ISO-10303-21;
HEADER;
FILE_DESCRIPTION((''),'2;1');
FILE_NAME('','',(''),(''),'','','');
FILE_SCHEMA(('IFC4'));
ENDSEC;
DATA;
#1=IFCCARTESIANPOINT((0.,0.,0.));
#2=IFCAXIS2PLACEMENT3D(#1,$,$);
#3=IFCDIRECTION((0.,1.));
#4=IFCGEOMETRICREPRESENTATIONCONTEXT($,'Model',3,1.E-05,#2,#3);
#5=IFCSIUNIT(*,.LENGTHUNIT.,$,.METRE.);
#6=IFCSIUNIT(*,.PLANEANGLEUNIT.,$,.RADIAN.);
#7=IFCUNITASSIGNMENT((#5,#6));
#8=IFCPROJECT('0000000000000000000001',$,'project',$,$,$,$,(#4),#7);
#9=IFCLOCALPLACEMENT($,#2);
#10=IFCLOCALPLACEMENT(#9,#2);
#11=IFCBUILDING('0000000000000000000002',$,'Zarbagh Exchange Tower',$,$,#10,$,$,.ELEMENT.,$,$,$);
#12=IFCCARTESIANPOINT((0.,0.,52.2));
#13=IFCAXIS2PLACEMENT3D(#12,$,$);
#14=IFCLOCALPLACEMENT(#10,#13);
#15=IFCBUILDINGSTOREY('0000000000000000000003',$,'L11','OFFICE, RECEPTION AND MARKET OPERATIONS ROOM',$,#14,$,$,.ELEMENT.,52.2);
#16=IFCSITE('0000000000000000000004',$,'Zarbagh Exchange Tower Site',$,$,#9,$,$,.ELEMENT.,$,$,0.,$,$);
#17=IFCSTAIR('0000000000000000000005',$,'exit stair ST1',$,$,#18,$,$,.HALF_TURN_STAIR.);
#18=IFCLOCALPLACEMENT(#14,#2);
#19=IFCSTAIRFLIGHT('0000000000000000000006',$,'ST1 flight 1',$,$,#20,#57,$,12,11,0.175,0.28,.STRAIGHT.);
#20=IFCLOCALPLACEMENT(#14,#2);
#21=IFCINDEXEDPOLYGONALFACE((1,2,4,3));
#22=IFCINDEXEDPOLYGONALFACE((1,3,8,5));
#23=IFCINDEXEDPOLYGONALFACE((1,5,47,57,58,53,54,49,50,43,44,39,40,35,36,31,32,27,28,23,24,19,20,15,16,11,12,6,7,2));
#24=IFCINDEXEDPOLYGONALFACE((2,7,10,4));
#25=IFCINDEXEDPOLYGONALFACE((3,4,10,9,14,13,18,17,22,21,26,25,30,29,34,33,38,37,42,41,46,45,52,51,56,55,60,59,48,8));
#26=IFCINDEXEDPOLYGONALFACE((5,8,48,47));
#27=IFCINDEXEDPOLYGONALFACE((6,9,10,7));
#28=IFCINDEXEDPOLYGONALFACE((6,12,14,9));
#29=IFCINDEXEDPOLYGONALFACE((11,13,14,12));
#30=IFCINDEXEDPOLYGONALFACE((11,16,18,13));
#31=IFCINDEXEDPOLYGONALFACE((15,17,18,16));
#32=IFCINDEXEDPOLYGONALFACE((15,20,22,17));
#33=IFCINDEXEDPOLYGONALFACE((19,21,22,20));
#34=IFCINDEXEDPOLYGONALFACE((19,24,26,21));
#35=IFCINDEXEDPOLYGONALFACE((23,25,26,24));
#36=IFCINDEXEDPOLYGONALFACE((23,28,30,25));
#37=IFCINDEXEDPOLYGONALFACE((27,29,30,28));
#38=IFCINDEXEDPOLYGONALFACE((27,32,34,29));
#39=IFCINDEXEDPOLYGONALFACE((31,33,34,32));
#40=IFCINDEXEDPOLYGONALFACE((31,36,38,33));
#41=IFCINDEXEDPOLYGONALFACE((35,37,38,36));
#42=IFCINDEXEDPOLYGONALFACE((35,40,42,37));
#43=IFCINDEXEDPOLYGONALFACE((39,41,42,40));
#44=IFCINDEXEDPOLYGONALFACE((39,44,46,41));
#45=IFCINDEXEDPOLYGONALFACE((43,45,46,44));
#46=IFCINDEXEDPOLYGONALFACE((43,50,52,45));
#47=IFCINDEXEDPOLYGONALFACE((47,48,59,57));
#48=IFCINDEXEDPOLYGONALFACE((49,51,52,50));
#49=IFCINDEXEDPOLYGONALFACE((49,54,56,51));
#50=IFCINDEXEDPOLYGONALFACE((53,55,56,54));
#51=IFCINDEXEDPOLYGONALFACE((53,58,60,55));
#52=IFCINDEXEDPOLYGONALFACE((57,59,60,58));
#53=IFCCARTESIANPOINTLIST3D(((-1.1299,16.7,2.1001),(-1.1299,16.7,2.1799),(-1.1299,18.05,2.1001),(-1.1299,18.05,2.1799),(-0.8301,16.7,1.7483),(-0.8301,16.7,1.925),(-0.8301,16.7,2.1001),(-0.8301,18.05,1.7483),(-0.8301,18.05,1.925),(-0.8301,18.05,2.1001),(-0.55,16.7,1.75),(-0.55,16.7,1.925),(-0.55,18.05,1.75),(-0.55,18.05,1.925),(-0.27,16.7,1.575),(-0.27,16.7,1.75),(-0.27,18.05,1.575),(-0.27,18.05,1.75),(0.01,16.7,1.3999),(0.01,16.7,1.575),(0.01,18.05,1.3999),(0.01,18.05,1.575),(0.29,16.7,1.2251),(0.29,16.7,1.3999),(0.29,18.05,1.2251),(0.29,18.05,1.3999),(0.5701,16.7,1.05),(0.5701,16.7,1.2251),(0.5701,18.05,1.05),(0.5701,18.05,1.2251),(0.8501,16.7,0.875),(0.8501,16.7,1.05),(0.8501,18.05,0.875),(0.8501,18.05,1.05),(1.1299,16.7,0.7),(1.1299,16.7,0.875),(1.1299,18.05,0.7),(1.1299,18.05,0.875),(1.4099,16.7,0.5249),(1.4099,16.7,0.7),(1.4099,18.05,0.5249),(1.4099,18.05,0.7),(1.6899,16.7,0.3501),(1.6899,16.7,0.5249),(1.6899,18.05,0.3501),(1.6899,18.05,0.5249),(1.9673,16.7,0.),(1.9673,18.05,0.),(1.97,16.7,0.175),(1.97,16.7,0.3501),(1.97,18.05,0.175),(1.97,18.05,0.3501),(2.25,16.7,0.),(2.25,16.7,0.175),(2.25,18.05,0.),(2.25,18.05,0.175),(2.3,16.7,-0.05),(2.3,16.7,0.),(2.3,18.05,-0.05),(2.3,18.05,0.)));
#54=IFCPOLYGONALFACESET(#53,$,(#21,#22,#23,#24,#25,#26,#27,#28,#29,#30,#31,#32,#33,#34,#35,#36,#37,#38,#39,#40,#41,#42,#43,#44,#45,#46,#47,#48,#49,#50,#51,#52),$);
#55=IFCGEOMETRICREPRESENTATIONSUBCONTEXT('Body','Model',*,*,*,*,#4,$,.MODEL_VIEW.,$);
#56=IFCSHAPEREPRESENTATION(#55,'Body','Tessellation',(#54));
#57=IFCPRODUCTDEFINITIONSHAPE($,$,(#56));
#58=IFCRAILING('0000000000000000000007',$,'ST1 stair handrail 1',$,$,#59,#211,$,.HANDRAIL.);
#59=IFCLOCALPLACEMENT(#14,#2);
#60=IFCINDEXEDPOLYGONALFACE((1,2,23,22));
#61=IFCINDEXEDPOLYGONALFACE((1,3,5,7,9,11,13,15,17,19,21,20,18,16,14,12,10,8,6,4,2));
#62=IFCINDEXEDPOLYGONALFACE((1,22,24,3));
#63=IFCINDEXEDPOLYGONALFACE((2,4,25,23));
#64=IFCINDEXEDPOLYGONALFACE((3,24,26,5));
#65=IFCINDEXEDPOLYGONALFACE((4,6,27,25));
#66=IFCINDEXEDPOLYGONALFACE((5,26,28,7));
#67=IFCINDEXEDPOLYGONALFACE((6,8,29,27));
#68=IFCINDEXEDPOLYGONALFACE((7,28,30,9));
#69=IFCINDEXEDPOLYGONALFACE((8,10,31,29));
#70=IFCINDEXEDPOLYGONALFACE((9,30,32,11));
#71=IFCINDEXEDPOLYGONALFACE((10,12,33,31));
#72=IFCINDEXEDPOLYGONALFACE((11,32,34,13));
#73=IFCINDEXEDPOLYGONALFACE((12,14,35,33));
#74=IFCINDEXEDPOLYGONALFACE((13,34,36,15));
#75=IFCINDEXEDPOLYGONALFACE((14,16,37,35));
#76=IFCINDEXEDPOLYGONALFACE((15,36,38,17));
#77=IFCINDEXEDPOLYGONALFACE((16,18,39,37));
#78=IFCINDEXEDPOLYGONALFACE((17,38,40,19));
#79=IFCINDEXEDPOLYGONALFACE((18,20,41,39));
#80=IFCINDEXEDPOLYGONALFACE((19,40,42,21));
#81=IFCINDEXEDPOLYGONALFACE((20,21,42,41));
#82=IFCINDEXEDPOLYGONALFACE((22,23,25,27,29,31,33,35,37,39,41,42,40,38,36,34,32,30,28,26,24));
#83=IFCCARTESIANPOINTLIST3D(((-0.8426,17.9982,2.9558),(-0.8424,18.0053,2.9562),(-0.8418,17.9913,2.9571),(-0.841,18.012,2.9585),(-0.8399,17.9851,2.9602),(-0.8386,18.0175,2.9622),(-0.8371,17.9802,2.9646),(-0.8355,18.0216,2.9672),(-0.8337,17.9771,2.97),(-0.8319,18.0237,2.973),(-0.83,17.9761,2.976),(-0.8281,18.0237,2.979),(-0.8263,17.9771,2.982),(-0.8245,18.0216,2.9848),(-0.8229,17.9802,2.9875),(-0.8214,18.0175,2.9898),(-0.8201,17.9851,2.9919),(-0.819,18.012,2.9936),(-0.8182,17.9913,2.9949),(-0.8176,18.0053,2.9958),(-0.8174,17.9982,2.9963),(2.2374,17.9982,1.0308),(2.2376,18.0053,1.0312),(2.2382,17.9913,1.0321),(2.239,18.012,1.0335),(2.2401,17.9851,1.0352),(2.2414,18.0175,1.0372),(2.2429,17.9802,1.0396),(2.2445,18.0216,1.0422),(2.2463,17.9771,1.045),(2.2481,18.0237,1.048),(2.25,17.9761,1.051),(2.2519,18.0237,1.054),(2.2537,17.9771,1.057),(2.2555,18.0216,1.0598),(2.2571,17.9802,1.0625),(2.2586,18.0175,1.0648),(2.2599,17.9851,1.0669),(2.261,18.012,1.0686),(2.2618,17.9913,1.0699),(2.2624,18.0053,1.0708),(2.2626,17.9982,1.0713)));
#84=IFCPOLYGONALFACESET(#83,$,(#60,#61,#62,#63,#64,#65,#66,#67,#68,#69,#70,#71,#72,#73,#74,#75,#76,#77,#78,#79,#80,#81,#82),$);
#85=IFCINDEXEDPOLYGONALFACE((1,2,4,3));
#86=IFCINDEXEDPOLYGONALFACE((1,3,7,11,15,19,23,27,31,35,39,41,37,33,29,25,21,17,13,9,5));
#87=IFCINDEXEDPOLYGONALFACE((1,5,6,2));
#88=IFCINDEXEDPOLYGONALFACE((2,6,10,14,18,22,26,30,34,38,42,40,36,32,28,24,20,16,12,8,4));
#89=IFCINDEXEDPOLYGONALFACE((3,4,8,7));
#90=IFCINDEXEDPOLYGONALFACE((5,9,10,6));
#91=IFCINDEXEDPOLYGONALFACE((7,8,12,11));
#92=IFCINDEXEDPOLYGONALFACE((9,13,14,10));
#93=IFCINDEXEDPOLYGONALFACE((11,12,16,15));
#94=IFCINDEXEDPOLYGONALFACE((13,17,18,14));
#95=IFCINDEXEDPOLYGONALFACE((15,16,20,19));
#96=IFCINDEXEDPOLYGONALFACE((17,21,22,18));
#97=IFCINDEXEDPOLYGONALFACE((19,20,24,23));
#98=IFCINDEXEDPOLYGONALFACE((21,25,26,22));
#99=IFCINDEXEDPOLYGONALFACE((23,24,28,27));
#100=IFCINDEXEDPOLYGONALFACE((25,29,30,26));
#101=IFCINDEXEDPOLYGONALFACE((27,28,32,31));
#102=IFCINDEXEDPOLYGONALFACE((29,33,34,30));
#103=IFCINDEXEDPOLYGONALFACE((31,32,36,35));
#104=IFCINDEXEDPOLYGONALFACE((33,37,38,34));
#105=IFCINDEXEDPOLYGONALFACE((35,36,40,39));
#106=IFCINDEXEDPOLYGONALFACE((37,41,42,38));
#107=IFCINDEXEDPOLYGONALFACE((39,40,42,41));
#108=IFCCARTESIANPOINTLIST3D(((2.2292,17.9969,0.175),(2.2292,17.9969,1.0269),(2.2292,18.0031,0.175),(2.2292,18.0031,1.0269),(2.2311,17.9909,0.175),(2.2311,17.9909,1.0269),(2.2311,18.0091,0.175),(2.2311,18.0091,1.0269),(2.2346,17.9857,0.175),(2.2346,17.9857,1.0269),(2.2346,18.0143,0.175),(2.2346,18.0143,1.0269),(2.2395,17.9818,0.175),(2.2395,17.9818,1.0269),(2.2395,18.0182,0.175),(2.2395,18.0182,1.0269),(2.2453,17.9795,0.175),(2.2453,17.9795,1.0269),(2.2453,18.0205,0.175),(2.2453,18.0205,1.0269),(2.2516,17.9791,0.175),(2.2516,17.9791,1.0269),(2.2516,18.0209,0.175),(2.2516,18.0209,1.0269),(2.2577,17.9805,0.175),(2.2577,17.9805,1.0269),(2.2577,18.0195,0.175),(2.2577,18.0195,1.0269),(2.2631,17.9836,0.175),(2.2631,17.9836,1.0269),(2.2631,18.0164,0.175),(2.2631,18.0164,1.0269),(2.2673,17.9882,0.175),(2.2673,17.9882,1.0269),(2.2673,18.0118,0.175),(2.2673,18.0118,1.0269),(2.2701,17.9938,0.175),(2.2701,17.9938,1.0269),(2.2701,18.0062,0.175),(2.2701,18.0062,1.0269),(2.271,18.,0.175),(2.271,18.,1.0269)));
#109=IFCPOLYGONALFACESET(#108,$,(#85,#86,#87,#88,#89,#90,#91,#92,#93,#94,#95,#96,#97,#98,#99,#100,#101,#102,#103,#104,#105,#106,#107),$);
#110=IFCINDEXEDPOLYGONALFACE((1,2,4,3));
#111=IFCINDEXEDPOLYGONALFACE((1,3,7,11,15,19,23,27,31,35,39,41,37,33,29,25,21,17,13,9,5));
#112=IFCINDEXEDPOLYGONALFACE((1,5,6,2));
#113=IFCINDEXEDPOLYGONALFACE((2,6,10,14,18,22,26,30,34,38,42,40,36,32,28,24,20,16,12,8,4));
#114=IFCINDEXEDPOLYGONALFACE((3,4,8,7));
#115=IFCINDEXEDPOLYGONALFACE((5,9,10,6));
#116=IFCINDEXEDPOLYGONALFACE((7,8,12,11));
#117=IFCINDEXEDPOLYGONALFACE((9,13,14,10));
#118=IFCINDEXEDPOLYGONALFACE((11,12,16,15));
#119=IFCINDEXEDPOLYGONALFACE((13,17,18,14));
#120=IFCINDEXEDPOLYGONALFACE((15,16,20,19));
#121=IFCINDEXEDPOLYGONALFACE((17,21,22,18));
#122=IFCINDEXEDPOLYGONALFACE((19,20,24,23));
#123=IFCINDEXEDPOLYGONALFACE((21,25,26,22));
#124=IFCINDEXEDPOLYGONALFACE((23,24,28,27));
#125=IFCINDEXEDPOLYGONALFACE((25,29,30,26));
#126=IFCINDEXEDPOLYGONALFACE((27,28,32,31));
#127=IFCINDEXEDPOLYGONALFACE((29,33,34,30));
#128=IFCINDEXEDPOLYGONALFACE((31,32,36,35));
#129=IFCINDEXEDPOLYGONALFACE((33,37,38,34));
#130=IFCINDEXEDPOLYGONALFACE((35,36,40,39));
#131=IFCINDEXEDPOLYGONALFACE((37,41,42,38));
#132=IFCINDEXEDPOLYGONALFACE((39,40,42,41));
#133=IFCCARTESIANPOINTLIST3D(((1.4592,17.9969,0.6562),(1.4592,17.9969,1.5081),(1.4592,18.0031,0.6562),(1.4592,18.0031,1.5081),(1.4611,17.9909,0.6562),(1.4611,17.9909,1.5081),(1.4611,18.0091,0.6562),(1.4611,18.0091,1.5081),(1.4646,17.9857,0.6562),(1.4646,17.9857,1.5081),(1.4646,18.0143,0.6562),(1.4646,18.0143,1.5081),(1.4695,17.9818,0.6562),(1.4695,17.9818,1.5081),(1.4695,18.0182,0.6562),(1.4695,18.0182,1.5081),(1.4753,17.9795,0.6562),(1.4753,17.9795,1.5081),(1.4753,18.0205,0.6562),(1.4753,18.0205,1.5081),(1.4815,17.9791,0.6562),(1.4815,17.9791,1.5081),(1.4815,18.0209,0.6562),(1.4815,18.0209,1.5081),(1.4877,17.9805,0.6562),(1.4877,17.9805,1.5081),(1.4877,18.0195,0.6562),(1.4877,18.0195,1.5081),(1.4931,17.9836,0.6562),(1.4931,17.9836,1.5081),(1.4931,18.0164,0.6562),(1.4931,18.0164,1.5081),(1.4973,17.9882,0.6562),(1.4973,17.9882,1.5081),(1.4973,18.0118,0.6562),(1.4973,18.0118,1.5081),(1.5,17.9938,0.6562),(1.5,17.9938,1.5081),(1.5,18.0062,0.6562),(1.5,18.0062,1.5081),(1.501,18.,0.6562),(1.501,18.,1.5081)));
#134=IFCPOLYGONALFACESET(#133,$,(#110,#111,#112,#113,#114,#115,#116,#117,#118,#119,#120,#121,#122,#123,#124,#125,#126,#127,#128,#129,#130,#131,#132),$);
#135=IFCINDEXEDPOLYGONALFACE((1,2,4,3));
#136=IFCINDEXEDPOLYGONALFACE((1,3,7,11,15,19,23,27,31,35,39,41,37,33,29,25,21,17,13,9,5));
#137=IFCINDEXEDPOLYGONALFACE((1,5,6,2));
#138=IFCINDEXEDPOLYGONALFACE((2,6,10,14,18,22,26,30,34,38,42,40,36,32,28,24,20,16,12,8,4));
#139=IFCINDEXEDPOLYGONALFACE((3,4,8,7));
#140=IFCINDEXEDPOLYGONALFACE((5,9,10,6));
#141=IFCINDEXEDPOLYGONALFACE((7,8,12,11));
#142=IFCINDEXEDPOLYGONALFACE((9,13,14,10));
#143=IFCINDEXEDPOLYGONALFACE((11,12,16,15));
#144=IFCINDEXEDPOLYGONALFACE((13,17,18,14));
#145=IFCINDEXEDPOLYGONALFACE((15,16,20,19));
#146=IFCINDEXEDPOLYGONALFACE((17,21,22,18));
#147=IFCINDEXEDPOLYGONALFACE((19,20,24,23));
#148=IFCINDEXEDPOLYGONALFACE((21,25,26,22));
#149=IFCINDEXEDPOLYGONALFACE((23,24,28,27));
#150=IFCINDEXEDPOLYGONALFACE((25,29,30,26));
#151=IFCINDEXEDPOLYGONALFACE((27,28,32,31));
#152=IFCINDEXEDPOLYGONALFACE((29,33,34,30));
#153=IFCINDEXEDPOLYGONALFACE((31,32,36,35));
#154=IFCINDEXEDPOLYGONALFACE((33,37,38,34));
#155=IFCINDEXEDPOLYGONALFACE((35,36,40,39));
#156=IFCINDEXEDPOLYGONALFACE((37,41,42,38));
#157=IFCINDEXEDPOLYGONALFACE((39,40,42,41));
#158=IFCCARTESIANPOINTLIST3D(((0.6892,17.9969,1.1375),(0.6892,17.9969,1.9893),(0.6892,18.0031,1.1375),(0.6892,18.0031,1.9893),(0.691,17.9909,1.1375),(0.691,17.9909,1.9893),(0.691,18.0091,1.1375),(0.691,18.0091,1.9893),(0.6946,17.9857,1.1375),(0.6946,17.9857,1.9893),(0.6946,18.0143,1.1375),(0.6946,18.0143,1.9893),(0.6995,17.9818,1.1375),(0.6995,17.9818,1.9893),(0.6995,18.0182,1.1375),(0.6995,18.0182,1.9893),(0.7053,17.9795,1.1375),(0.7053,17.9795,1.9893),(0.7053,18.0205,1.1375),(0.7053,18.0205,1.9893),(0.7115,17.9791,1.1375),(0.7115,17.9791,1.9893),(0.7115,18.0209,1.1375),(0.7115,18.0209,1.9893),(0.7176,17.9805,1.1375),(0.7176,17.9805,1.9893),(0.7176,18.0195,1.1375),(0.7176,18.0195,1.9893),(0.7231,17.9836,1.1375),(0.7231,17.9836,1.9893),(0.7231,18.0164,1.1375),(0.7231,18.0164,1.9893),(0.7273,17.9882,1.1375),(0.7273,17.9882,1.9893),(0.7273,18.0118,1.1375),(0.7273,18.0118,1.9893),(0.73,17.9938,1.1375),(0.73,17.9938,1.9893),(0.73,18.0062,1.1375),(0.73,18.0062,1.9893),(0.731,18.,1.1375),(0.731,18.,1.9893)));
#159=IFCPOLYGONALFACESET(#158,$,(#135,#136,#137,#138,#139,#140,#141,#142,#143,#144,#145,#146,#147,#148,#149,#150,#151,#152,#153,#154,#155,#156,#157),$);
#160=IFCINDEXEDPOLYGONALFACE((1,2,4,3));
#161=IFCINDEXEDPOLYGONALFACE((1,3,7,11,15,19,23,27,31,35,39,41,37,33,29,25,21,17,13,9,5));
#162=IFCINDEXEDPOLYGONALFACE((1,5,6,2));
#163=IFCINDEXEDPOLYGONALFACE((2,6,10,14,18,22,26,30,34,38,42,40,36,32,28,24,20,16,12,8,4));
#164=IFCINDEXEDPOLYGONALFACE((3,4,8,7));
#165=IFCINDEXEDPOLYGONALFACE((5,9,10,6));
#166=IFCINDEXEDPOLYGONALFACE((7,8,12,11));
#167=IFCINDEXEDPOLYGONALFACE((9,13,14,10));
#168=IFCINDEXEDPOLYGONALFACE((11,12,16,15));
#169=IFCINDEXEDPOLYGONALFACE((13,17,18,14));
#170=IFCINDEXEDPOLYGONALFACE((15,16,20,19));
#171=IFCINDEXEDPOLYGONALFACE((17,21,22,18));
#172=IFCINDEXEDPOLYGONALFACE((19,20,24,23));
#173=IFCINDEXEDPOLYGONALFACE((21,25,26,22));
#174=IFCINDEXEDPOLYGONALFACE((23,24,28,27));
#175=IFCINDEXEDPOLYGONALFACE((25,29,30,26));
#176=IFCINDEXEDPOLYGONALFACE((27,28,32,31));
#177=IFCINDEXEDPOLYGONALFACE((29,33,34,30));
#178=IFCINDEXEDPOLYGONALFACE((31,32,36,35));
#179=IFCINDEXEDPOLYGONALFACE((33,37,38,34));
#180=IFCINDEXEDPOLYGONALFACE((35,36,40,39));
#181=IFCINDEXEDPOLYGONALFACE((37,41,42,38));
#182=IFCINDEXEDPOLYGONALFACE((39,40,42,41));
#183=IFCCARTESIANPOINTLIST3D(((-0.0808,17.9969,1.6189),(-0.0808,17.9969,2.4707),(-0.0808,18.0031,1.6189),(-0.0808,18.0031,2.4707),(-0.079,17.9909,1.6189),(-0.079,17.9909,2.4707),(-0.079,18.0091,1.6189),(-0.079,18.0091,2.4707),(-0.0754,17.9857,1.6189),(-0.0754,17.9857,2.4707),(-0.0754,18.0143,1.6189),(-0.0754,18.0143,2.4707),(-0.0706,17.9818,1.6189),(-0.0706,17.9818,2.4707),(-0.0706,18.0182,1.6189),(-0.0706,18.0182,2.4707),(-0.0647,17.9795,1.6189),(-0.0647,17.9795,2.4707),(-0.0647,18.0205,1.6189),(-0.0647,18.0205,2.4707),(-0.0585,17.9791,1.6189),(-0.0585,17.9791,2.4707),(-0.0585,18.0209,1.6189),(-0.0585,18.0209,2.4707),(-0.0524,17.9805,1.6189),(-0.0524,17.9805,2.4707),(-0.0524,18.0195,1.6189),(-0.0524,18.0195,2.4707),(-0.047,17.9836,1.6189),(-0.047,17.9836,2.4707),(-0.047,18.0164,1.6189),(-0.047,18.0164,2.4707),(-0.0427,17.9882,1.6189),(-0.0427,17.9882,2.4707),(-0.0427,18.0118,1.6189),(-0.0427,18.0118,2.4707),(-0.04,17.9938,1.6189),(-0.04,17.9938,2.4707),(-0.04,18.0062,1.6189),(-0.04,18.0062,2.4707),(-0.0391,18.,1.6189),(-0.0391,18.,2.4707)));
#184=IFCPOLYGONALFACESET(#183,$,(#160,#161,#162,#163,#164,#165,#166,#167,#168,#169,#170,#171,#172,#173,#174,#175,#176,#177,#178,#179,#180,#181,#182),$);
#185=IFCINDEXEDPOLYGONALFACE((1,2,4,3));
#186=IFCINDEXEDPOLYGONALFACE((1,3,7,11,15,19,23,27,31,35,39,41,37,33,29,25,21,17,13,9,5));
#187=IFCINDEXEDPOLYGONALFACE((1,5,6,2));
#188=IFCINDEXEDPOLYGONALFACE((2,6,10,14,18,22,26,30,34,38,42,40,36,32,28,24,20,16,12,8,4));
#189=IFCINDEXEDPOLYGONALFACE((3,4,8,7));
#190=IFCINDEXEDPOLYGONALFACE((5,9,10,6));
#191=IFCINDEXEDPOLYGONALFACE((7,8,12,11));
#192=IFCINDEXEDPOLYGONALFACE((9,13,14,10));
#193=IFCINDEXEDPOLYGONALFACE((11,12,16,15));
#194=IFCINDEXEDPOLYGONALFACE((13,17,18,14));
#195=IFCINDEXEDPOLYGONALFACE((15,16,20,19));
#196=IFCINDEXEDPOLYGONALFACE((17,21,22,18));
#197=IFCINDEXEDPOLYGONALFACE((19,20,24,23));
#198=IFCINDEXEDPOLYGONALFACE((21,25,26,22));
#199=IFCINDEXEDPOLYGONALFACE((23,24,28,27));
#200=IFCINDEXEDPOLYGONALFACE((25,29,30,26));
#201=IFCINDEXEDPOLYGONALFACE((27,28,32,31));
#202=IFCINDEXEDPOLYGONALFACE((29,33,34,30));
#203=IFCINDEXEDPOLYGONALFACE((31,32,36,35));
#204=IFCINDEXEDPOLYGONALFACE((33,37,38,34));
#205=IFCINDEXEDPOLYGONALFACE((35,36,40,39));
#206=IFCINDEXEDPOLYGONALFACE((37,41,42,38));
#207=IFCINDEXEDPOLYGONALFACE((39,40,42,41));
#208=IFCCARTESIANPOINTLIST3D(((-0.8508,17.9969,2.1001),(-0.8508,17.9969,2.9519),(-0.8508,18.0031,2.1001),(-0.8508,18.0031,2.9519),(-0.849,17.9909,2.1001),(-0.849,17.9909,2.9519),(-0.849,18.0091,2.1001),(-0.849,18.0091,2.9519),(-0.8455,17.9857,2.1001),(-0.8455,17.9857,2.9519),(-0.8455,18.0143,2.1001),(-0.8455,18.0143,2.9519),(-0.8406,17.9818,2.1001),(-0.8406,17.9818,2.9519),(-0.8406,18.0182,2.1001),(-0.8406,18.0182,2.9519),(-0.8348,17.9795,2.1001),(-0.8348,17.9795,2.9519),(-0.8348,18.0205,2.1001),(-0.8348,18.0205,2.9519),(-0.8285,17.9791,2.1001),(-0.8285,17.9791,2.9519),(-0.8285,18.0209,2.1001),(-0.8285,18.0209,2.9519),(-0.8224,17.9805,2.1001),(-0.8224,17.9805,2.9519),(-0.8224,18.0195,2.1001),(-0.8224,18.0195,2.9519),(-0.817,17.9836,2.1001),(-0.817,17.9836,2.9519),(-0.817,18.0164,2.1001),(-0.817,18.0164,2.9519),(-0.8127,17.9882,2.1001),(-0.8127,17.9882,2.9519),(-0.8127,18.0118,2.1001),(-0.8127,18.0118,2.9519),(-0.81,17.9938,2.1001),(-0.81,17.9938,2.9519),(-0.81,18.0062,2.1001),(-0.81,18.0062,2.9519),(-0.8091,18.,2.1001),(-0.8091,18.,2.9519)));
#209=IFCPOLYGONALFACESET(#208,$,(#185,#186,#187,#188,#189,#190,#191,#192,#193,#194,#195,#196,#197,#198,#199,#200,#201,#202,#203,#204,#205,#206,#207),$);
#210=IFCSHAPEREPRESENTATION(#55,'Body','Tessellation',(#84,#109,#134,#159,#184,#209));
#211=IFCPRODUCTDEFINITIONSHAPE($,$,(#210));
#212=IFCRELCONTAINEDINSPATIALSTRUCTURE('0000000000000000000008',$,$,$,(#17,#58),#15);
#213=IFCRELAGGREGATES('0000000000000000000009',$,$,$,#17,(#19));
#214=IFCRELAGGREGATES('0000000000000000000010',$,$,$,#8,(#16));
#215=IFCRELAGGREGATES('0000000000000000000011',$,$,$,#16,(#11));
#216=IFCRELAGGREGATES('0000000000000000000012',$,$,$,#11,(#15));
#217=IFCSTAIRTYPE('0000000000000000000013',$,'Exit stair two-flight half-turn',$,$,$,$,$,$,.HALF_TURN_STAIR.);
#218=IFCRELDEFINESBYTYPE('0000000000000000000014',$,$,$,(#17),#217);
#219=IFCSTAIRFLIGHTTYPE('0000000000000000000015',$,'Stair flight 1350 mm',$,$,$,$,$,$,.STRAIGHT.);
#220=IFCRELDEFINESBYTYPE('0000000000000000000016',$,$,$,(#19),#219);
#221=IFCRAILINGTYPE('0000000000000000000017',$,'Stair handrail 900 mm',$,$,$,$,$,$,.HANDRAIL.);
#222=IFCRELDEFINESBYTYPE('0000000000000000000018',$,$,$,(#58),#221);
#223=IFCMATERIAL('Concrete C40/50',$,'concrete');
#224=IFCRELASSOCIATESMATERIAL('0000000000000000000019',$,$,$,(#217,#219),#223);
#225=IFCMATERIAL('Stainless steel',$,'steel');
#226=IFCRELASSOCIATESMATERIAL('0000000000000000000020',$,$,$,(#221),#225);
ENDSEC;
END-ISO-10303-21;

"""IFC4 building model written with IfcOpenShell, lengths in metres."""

from ifc_helpers import new_model, si_unit, direction, frame, origin, origin_2d, place, context, subcontext, project, spatial, polyline, circle, outline, extrude, material, type_object, element, aggregate, save


model = new_model("IFC4")

# Units and contexts
model_context = context("Model", 3, precision=1e-05, world=origin(), true_north=direction((0.0, 1.0)))
body_context = subcontext(model_context, "Body", "Model", "MODEL_VIEW")
ifc_project = project(units=[si_unit("LENGTHUNIT", "METRE"), si_unit("PLANEANGLEUNIT", "RADIAN")], contexts=[model_context])

# Site, building, storey
site_placement = place(None, origin())
site = spatial("IfcSite", under=ifc_project, at=site_placement, Name="Zarbagh Exchange Tower Site", CompositionType="ELEMENT", RefElevation=0.0)
building_placement = place(site_placement, origin())
building = spatial("IfcBuilding", under=site, at=building_placement, Name="Zarbagh Exchange Tower", CompositionType="ELEMENT")
storey_placement = place(building_placement, frame((0.0, 0.0, 52.2)))
storey = spatial("IfcBuildingStorey", under=building, at=storey_placement, Name="L11", Description="OFFICE, RECEPTION AND MARKET OPERATIONS ROOM", CompositionType="ELEMENT", Elevation=52.2)

# Stair, stair flight
ifc_material_1 = material(Name="Concrete C40/50", Category="concrete")
stair_type = type_object("IfcStairType", Name="Exit stair two-flight half-turn", PredefinedType="HALF_TURN_STAIR", material=ifc_material_1)
stair_placement = place(storey_placement, origin())
stair = element("IfcStair", 1, at=stair_placement, inside=storey, type_object=stair_type, Name="exit stair ST1", PredefinedType="HALF_TURN_STAIR")
stair_flight_type = type_object("IfcStairFlightType", Name="Stair flight 1350 mm", PredefinedType="STRAIGHT", material=ifc_material_1)
stair_flight_placement = place(storey_placement, frame((2.25, 17.375, 0.0), z_axis=(0.0, 0.0, 1.0), x_axis=(-1.0, 0.0, 0.0)))
stair_flight = element("IfcStairFlight", 2, at=stair_flight_placement, type_object=stair_flight_type, Name="ST1 flight 1", NumberOfRisers=12, NumberOfTreads=11, PredefinedType="STRAIGHT", RiserHeight=0.175, TreadLength=0.28, context=body_context, shape_type="SweptSolid", body=[
    extrude(outline(polyline([(-0.05, -0.05), (-0.05, 0.0), (0.0, 0.0), (0.0, 0.175), (0.28, 0.175), (0.28, 0.3501), (0.5601, 0.3501), (0.5601, 0.5249), (0.8401, 0.5249), (0.8401, 0.7), (1.1201, 0.7), (1.1201, 0.875), (1.3999, 0.875), (1.3999, 1.05), (1.6799, 1.05), (1.6799, 1.2251), (1.96, 1.2251), (1.96, 1.3999), (2.24, 1.3999), (2.24, 1.575), (2.52, 1.575), (2.52, 1.75), (2.8, 1.75), (2.8, 1.925), (3.0801, 1.925), (3.0801, 2.1001), (3.3799, 2.1799), (3.3799, 2.1001), (3.0801, 1.7483), (0.2827, 0.0), (-0.05, -0.05)])), frame((0.0, 0.675, 0.0), z_axis=(0.0, -1.0, 0.0), x_axis=(1.0, 0.0, 0.0)), (0.0, 0.0, 1.0), 1.3501),
])
aggregate(stair, [stair_flight])

# Railing
ifc_material_2 = material(Name="Stainless steel", Category="steel")
railing_type = type_object("IfcRailingType", Name="Stair handrail 900 mm", PredefinedType="HANDRAIL", material=ifc_material_2)
railing_placement = place(storey_placement, frame((2.25, 18.0, 0.175)))
element("IfcRailing", 3, at=railing_placement, inside=storey, type_object=railing_type, Name="ST1 stair handrail 1", PredefinedType="HANDRAIL", context=body_context, shape_type="SweptSolid", body=[
    extrude(circle(Radius=0.0239, at=origin_2d()), frame((0.0, 0.0, 0.876), z_axis=(-0.847998, 0.0, 0.529999), x_axis=(0.0, -1.0, 0.0)), (0.0, 0.0, 1.0), 3.6321),
    extrude(circle(Radius=0.021, at=origin_2d()), origin(), (0.0, 0.0, 1.0), 0.8518),
    extrude(circle(Radius=0.021, at=origin_2d()), frame((-0.77, 0.0, 0.4812)), (0.0, 0.0, 1.0), 0.8518),
    extrude(circle(Radius=0.021, at=origin_2d()), frame((-1.54, 0.0, 0.9624)), (0.0, 0.0, 1.0), 0.8518),
    extrude(circle(Radius=0.021, at=origin_2d()), frame((-2.3101, 0.0, 1.4438)), (0.0, 0.0, 1.0), 0.8518),
    extrude(circle(Radius=0.021, at=origin_2d()), frame((-3.0801, 0.0, 1.925)), (0.0, 0.0, 1.0), 0.8518),
])

save(model, "model.ifc")
